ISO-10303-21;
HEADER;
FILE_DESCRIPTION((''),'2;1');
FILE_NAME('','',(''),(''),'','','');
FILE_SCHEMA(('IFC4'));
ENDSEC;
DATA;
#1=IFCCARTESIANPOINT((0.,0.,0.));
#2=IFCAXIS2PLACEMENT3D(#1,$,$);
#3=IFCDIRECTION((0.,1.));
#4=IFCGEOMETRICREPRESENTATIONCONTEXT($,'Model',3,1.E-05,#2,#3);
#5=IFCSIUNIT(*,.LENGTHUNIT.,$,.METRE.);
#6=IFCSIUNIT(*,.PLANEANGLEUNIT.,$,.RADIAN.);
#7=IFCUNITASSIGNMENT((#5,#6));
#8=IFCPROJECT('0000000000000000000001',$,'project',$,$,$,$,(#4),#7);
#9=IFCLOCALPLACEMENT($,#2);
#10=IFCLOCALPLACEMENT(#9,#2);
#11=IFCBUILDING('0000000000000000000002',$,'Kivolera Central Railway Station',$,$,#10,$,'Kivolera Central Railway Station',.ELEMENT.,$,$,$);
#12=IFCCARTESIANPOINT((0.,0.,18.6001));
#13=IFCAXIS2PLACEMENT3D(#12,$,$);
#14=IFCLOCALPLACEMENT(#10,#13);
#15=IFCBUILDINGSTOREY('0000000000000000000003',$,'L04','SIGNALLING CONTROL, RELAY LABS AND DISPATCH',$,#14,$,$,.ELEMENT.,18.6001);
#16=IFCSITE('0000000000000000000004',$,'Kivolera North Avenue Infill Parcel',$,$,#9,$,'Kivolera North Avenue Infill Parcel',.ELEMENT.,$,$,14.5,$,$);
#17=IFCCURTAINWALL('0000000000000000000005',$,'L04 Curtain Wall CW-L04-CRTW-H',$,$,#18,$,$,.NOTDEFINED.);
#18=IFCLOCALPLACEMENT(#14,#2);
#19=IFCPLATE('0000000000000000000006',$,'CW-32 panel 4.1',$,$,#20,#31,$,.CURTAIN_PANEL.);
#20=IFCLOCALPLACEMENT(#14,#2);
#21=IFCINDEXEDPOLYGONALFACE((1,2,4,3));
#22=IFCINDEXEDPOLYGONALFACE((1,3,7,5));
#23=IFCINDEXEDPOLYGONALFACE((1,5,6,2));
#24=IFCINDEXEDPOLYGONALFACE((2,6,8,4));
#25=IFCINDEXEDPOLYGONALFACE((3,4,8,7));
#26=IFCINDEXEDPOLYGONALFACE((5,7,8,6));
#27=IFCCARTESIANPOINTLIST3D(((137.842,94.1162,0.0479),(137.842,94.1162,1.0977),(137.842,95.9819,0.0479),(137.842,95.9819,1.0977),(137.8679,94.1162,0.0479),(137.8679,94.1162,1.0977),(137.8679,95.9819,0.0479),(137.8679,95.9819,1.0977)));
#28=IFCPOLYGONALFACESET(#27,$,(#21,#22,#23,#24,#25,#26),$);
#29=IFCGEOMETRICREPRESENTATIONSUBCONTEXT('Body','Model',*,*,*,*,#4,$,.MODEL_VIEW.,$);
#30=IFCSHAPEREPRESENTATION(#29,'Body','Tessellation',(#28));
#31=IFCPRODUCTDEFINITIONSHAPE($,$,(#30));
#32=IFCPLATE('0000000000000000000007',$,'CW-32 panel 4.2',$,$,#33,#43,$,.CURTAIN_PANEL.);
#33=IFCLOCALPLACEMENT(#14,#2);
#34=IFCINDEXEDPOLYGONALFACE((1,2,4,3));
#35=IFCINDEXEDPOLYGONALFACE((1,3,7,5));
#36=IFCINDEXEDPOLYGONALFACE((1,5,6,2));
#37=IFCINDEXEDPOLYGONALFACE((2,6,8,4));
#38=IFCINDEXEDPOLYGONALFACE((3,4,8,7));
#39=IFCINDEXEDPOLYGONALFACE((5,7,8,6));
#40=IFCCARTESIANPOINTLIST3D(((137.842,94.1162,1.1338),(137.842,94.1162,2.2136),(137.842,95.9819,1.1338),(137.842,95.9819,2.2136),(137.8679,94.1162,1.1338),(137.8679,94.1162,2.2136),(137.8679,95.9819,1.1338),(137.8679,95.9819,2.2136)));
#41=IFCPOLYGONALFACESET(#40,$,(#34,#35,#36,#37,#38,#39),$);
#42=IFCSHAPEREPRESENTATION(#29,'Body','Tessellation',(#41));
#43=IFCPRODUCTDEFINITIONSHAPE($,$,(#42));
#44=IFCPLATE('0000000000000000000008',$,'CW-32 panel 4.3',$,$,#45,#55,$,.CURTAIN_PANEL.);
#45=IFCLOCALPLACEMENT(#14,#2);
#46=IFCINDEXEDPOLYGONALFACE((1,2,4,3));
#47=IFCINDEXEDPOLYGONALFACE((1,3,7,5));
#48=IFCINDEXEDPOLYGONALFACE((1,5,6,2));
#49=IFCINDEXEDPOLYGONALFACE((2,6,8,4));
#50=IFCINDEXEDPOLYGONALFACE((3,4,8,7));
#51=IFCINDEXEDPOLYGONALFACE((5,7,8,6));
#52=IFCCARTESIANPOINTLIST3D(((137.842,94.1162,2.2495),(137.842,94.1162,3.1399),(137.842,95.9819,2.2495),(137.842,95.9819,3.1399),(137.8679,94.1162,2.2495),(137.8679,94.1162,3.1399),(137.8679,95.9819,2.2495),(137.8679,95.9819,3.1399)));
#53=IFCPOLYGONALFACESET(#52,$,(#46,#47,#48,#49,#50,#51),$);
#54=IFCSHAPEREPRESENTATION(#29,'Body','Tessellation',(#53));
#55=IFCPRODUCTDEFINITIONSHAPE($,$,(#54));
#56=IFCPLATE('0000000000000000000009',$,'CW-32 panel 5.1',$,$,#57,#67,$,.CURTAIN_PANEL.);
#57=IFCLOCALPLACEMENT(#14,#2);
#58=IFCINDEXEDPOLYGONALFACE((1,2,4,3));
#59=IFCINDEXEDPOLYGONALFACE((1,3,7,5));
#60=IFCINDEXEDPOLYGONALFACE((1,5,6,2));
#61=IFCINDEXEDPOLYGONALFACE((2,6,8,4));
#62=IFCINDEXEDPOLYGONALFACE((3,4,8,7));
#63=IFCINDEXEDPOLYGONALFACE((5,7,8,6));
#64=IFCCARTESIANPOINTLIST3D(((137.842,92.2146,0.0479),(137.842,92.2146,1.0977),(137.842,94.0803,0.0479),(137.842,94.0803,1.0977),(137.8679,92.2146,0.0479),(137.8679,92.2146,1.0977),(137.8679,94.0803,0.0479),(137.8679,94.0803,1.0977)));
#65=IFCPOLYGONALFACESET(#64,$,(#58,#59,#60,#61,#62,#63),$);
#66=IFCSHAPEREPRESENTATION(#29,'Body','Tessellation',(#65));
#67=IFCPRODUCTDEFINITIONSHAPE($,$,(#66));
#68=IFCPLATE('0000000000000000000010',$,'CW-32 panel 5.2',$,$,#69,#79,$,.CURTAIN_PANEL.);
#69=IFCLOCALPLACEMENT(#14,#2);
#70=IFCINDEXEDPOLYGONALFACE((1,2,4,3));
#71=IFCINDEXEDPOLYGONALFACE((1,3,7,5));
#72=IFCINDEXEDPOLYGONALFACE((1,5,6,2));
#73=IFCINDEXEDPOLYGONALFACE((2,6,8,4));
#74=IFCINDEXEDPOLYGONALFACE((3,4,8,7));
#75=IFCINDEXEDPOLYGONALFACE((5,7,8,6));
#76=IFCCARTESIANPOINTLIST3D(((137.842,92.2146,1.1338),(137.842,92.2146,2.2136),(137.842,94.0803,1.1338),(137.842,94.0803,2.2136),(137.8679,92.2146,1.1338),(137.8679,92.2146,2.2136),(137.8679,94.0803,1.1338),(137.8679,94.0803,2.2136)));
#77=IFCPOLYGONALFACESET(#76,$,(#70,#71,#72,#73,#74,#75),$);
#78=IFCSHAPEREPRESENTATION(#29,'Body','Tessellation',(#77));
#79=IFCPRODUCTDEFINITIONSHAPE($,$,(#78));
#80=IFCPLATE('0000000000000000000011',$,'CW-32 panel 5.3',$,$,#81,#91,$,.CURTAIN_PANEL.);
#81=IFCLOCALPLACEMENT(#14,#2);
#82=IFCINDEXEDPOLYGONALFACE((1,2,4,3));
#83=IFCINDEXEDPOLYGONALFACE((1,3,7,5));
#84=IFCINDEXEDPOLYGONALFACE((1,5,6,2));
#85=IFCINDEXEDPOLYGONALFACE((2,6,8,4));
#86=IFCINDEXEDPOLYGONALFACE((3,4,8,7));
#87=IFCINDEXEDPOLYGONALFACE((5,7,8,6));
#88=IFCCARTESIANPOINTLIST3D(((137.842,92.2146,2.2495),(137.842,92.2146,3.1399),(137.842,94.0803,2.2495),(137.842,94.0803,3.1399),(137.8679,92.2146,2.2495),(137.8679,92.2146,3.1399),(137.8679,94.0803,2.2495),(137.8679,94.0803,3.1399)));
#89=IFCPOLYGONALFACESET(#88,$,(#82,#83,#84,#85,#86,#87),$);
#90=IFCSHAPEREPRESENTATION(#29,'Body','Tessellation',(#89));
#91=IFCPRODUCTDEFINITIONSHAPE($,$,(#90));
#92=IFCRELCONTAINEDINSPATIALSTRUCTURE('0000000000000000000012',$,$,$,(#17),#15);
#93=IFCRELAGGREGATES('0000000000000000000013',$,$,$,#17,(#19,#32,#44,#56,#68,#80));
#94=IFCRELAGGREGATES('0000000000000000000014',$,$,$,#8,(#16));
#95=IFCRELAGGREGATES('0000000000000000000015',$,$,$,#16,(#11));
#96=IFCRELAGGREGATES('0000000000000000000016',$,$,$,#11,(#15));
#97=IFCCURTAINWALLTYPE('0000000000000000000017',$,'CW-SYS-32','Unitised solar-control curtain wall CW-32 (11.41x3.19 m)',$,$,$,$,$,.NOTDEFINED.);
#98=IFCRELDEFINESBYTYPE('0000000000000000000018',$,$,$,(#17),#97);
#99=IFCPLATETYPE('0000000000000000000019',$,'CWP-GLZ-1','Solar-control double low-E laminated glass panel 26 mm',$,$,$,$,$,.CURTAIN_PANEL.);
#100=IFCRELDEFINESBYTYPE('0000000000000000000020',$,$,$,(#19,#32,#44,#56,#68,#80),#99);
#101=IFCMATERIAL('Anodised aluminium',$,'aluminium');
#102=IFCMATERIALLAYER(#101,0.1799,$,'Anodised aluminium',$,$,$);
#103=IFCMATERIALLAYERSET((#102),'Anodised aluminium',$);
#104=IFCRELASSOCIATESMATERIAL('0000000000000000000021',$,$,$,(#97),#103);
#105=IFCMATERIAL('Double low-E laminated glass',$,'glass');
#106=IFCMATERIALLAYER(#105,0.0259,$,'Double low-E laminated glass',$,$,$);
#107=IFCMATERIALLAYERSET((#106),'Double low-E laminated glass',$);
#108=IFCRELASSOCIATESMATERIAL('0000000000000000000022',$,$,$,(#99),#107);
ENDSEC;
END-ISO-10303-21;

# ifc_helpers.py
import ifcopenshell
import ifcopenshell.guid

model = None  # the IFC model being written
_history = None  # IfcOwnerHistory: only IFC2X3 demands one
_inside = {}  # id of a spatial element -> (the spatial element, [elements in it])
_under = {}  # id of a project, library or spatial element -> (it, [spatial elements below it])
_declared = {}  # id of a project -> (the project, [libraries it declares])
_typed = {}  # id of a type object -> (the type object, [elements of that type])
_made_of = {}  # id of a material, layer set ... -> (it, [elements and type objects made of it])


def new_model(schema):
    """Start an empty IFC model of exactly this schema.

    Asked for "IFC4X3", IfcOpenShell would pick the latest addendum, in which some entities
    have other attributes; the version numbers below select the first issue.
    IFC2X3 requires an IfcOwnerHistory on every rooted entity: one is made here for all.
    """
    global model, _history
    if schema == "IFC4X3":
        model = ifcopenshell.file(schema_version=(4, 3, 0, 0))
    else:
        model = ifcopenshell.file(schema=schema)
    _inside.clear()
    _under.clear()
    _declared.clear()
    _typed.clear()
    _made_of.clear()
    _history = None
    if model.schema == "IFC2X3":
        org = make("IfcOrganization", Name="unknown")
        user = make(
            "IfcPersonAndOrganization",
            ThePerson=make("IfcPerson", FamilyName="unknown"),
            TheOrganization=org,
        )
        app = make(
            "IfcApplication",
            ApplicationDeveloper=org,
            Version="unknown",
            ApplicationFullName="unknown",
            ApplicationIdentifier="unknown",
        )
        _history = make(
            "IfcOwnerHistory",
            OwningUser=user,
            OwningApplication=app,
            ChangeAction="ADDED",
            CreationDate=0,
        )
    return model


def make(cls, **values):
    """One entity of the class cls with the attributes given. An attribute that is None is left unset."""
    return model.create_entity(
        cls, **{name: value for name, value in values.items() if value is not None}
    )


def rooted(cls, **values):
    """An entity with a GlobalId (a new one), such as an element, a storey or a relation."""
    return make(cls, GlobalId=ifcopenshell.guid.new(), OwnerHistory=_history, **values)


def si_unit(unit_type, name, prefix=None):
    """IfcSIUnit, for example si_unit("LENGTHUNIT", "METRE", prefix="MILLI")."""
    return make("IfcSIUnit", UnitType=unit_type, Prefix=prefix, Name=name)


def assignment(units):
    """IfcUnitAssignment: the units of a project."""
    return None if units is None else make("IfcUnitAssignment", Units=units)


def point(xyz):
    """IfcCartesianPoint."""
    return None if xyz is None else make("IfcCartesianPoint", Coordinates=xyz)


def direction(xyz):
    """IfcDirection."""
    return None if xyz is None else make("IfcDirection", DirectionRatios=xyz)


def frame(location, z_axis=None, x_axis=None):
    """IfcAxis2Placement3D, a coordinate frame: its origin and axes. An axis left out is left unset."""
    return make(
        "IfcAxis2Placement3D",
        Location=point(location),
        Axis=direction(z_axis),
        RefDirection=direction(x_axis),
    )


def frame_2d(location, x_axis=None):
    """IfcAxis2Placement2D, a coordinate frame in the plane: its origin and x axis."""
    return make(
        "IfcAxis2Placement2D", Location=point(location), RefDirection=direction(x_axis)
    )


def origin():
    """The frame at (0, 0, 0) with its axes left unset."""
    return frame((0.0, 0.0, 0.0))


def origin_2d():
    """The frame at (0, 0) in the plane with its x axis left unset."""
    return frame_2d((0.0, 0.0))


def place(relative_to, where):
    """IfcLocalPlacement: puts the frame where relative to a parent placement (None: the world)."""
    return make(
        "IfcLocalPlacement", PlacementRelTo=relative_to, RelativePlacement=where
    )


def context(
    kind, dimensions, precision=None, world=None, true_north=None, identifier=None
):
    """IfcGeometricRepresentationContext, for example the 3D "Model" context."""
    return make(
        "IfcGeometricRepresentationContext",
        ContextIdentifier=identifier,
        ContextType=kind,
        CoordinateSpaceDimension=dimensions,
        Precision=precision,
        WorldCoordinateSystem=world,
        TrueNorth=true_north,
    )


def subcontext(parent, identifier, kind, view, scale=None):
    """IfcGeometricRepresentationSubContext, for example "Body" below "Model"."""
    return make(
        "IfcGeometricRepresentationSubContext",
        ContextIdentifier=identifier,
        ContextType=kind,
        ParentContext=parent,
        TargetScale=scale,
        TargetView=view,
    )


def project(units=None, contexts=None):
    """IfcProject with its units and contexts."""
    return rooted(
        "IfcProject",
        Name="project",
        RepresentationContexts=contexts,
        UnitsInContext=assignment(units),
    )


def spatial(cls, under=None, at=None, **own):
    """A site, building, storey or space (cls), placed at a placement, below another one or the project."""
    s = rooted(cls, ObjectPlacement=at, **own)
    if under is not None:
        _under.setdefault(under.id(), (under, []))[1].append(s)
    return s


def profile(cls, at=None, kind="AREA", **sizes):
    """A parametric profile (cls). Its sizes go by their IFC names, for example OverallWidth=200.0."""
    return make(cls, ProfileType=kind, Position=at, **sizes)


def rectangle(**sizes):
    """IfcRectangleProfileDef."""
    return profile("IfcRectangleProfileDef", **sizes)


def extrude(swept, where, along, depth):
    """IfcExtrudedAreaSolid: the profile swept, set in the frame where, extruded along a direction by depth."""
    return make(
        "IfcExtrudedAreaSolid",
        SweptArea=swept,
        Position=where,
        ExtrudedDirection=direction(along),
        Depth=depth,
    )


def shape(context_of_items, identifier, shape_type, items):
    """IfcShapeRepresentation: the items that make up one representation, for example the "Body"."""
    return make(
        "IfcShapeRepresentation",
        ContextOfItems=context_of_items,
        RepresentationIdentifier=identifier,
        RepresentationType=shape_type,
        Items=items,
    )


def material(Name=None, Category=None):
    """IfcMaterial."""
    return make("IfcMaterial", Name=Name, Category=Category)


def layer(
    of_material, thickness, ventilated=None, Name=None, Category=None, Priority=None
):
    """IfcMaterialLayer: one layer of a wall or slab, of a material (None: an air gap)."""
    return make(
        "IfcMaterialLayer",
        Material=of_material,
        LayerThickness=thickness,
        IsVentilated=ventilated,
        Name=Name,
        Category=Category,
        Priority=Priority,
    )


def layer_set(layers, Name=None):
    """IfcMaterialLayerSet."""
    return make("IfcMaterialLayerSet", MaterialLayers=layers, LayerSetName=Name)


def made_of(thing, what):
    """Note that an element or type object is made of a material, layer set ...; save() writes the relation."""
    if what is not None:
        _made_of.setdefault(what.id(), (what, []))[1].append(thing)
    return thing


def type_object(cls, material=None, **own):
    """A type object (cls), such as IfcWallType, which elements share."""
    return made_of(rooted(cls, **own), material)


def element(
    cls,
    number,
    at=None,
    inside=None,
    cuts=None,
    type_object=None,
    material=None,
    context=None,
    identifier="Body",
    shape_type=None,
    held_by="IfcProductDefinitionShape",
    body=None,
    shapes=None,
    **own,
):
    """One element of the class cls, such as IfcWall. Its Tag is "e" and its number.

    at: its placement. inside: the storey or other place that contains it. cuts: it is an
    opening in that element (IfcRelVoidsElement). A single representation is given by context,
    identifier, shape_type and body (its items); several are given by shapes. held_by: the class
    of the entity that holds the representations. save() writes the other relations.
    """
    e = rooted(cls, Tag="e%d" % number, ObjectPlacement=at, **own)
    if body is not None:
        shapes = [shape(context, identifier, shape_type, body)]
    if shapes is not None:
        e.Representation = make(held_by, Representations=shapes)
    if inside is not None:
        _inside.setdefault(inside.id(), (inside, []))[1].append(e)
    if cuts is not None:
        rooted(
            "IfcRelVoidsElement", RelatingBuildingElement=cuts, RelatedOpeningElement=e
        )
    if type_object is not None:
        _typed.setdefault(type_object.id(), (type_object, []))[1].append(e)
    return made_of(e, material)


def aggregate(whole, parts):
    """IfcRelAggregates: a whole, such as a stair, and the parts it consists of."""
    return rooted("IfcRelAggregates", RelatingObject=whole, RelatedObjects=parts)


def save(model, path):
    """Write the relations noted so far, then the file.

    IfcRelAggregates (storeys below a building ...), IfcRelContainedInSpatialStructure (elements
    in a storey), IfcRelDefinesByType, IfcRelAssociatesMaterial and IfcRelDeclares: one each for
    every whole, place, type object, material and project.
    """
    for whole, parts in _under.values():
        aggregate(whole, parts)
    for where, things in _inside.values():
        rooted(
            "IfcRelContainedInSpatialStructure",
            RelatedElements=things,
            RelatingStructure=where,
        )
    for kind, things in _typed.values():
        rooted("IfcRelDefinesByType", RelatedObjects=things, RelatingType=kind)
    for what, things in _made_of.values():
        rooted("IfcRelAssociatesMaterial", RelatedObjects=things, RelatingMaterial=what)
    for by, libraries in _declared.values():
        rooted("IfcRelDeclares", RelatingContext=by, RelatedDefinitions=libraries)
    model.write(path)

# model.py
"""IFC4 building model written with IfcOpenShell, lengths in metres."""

from ifc_helpers import new_model, si_unit, direction, frame, origin, origin_2d, place, context, subcontext, project, spatial, rectangle, extrude, material, layer, layer_set, type_object, element, aggregate, save


model = new_model("IFC4")

# Units and contexts
model_context = context("Model", 3, precision=1e-05, world=origin(), true_north=direction((0.0, 1.0)))
body_context = subcontext(model_context, "Body", "Model", "MODEL_VIEW")
ifc_project = project(units=[si_unit("LENGTHUNIT", "METRE"), si_unit("PLANEANGLEUNIT", "RADIAN")], contexts=[model_context])

# Site, building, storey
site_placement = place(None, origin())
site = spatial("IfcSite", under=ifc_project, at=site_placement, Name="Kivolera North Avenue Infill Parcel", LongName="Kivolera North Avenue Infill Parcel", CompositionType="ELEMENT", RefElevation=14.5)
building_placement = place(site_placement, origin())
building = spatial("IfcBuilding", under=site, at=building_placement, Name="Kivolera Central Railway Station", LongName="Kivolera Central Railway Station", CompositionType="ELEMENT")
storey_placement = place(building_placement, frame((0.0, 0.0, 18.6001)))
storey = spatial("IfcBuildingStorey", under=building, at=storey_placement, Name="L04", Description="SIGNALLING CONTROL, RELAY LABS AND DISPATCH", CompositionType="ELEMENT", Elevation=18.6001)

# Curtain wall, plates
ifc_material_1 = material(Name="Anodised aluminium", Category="aluminium")
ifc_layer_1 = layer(ifc_material_1, 0.1799, Name="Anodised aluminium")
ifc_layer_set_1 = layer_set([ifc_layer_1], Name="Anodised aluminium")
curtain_wall_type = type_object("IfcCurtainWallType", Name="CW-SYS-32", Description="Unitised solar-control curtain wall CW-32 (11.41x3.19 m)", PredefinedType="NOTDEFINED", material=ifc_layer_set_1)
curtain_wall_placement = place(storey_placement, origin())
curtain_wall = element("IfcCurtainWall", 1, at=curtain_wall_placement, inside=storey, type_object=curtain_wall_type, Name="L04 Curtain Wall CW-L04-CRTW-H", PredefinedType="NOTDEFINED")
ifc_material_2 = material(Name="Double low-E laminated glass", Category="glass")
ifc_layer_2 = layer(ifc_material_2, 0.0259, Name="Double low-E laminated glass")
ifc_layer_set_2 = layer_set([ifc_layer_2], Name="Double low-E laminated glass")
plate_type = type_object("IfcPlateType", Name="CWP-GLZ-1", Description="Solar-control double low-E laminated glass panel 26 mm", PredefinedType="CURTAIN_PANEL", material=ifc_layer_set_2)
plate_1_placement = place(storey_placement, frame((137.855, 95.0491, 0.0479), z_axis=(0.0, 0.0, 1.0), x_axis=(0.0, -1.0, 0.0)))
plate_1 = element("IfcPlate", 2, at=plate_1_placement, type_object=plate_type, Name="CW-32 panel 4.1", PredefinedType="CURTAIN_PANEL", context=body_context, shape_type="SweptSolid", body=[
    extrude(rectangle(XDim=1.8657, YDim=0.0259, at=origin_2d()), origin(), (0.0, 0.0, 1.0), 1.0498),
])
plate_2_placement = place(storey_placement, frame((137.855, 95.0491, 1.1338), z_axis=(0.0, 0.0, 1.0), x_axis=(0.0, -1.0, 0.0)))
plate_2 = element("IfcPlate", 3, at=plate_2_placement, type_object=plate_type, Name="CW-32 panel 4.2", PredefinedType="CURTAIN_PANEL", context=body_context, shape_type="SweptSolid", body=[
    extrude(rectangle(XDim=1.8657, YDim=0.0259, at=origin_2d()), origin(), (0.0, 0.0, 1.0), 1.0798),
])
plate_3_placement = place(storey_placement, frame((137.855, 95.0491, 2.2495), z_axis=(0.0, 0.0, 1.0), x_axis=(0.0, -1.0, 0.0)))
plate_3 = element("IfcPlate", 4, at=plate_3_placement, type_object=plate_type, Name="CW-32 panel 4.3", PredefinedType="CURTAIN_PANEL", context=body_context, shape_type="SweptSolid", body=[
    extrude(rectangle(XDim=1.8657, YDim=0.0259, at=origin_2d()), origin(), (0.0, 0.0, 1.0), 0.8904),
])
plate_4_placement = place(storey_placement, frame((137.855, 93.1475, 0.0479), z_axis=(0.0, 0.0, 1.0), x_axis=(0.0, -1.0, 0.0)))
plate_4 = element("IfcPlate", 5, at=plate_4_placement, type_object=plate_type, Name="CW-32 panel 5.1", PredefinedType="CURTAIN_PANEL", context=body_context, shape_type="SweptSolid", body=[
    extrude(rectangle(XDim=1.8657, YDim=0.0259, at=origin_2d()), origin(), (0.0, 0.0, 1.0), 1.0498),
])
plate_5_placement = place(storey_placement, frame((137.855, 93.1475, 1.1338), z_axis=(0.0, 0.0, 1.0), x_axis=(0.0, -1.0, 0.0)))
plate_5 = element("IfcPlate", 6, at=plate_5_placement, type_object=plate_type, Name="CW-32 panel 5.2", PredefinedType="CURTAIN_PANEL", context=body_context, shape_type="SweptSolid", body=[
    extrude(rectangle(XDim=1.8657, YDim=0.0259, at=origin_2d()), origin(), (0.0, 0.0, 1.0), 1.0798),
])
plate_6_placement = place(storey_placement, frame((137.855, 93.1475, 2.2495), z_axis=(0.0, 0.0, 1.0), x_axis=(0.0, -1.0, 0.0)))
plate_6 = element("IfcPlate", 7, at=plate_6_placement, type_object=plate_type, Name="CW-32 panel 5.3", PredefinedType="CURTAIN_PANEL", context=body_context, shape_type="SweptSolid", body=[
    extrude(rectangle(XDim=1.8657, YDim=0.0259, at=origin_2d()), origin(), (0.0, 0.0, 1.0), 0.8904),
])
aggregate(curtain_wall, [plate_1, plate_2, plate_3, plate_4, plate_5, plate_6])

save(model, "model.ifc")
